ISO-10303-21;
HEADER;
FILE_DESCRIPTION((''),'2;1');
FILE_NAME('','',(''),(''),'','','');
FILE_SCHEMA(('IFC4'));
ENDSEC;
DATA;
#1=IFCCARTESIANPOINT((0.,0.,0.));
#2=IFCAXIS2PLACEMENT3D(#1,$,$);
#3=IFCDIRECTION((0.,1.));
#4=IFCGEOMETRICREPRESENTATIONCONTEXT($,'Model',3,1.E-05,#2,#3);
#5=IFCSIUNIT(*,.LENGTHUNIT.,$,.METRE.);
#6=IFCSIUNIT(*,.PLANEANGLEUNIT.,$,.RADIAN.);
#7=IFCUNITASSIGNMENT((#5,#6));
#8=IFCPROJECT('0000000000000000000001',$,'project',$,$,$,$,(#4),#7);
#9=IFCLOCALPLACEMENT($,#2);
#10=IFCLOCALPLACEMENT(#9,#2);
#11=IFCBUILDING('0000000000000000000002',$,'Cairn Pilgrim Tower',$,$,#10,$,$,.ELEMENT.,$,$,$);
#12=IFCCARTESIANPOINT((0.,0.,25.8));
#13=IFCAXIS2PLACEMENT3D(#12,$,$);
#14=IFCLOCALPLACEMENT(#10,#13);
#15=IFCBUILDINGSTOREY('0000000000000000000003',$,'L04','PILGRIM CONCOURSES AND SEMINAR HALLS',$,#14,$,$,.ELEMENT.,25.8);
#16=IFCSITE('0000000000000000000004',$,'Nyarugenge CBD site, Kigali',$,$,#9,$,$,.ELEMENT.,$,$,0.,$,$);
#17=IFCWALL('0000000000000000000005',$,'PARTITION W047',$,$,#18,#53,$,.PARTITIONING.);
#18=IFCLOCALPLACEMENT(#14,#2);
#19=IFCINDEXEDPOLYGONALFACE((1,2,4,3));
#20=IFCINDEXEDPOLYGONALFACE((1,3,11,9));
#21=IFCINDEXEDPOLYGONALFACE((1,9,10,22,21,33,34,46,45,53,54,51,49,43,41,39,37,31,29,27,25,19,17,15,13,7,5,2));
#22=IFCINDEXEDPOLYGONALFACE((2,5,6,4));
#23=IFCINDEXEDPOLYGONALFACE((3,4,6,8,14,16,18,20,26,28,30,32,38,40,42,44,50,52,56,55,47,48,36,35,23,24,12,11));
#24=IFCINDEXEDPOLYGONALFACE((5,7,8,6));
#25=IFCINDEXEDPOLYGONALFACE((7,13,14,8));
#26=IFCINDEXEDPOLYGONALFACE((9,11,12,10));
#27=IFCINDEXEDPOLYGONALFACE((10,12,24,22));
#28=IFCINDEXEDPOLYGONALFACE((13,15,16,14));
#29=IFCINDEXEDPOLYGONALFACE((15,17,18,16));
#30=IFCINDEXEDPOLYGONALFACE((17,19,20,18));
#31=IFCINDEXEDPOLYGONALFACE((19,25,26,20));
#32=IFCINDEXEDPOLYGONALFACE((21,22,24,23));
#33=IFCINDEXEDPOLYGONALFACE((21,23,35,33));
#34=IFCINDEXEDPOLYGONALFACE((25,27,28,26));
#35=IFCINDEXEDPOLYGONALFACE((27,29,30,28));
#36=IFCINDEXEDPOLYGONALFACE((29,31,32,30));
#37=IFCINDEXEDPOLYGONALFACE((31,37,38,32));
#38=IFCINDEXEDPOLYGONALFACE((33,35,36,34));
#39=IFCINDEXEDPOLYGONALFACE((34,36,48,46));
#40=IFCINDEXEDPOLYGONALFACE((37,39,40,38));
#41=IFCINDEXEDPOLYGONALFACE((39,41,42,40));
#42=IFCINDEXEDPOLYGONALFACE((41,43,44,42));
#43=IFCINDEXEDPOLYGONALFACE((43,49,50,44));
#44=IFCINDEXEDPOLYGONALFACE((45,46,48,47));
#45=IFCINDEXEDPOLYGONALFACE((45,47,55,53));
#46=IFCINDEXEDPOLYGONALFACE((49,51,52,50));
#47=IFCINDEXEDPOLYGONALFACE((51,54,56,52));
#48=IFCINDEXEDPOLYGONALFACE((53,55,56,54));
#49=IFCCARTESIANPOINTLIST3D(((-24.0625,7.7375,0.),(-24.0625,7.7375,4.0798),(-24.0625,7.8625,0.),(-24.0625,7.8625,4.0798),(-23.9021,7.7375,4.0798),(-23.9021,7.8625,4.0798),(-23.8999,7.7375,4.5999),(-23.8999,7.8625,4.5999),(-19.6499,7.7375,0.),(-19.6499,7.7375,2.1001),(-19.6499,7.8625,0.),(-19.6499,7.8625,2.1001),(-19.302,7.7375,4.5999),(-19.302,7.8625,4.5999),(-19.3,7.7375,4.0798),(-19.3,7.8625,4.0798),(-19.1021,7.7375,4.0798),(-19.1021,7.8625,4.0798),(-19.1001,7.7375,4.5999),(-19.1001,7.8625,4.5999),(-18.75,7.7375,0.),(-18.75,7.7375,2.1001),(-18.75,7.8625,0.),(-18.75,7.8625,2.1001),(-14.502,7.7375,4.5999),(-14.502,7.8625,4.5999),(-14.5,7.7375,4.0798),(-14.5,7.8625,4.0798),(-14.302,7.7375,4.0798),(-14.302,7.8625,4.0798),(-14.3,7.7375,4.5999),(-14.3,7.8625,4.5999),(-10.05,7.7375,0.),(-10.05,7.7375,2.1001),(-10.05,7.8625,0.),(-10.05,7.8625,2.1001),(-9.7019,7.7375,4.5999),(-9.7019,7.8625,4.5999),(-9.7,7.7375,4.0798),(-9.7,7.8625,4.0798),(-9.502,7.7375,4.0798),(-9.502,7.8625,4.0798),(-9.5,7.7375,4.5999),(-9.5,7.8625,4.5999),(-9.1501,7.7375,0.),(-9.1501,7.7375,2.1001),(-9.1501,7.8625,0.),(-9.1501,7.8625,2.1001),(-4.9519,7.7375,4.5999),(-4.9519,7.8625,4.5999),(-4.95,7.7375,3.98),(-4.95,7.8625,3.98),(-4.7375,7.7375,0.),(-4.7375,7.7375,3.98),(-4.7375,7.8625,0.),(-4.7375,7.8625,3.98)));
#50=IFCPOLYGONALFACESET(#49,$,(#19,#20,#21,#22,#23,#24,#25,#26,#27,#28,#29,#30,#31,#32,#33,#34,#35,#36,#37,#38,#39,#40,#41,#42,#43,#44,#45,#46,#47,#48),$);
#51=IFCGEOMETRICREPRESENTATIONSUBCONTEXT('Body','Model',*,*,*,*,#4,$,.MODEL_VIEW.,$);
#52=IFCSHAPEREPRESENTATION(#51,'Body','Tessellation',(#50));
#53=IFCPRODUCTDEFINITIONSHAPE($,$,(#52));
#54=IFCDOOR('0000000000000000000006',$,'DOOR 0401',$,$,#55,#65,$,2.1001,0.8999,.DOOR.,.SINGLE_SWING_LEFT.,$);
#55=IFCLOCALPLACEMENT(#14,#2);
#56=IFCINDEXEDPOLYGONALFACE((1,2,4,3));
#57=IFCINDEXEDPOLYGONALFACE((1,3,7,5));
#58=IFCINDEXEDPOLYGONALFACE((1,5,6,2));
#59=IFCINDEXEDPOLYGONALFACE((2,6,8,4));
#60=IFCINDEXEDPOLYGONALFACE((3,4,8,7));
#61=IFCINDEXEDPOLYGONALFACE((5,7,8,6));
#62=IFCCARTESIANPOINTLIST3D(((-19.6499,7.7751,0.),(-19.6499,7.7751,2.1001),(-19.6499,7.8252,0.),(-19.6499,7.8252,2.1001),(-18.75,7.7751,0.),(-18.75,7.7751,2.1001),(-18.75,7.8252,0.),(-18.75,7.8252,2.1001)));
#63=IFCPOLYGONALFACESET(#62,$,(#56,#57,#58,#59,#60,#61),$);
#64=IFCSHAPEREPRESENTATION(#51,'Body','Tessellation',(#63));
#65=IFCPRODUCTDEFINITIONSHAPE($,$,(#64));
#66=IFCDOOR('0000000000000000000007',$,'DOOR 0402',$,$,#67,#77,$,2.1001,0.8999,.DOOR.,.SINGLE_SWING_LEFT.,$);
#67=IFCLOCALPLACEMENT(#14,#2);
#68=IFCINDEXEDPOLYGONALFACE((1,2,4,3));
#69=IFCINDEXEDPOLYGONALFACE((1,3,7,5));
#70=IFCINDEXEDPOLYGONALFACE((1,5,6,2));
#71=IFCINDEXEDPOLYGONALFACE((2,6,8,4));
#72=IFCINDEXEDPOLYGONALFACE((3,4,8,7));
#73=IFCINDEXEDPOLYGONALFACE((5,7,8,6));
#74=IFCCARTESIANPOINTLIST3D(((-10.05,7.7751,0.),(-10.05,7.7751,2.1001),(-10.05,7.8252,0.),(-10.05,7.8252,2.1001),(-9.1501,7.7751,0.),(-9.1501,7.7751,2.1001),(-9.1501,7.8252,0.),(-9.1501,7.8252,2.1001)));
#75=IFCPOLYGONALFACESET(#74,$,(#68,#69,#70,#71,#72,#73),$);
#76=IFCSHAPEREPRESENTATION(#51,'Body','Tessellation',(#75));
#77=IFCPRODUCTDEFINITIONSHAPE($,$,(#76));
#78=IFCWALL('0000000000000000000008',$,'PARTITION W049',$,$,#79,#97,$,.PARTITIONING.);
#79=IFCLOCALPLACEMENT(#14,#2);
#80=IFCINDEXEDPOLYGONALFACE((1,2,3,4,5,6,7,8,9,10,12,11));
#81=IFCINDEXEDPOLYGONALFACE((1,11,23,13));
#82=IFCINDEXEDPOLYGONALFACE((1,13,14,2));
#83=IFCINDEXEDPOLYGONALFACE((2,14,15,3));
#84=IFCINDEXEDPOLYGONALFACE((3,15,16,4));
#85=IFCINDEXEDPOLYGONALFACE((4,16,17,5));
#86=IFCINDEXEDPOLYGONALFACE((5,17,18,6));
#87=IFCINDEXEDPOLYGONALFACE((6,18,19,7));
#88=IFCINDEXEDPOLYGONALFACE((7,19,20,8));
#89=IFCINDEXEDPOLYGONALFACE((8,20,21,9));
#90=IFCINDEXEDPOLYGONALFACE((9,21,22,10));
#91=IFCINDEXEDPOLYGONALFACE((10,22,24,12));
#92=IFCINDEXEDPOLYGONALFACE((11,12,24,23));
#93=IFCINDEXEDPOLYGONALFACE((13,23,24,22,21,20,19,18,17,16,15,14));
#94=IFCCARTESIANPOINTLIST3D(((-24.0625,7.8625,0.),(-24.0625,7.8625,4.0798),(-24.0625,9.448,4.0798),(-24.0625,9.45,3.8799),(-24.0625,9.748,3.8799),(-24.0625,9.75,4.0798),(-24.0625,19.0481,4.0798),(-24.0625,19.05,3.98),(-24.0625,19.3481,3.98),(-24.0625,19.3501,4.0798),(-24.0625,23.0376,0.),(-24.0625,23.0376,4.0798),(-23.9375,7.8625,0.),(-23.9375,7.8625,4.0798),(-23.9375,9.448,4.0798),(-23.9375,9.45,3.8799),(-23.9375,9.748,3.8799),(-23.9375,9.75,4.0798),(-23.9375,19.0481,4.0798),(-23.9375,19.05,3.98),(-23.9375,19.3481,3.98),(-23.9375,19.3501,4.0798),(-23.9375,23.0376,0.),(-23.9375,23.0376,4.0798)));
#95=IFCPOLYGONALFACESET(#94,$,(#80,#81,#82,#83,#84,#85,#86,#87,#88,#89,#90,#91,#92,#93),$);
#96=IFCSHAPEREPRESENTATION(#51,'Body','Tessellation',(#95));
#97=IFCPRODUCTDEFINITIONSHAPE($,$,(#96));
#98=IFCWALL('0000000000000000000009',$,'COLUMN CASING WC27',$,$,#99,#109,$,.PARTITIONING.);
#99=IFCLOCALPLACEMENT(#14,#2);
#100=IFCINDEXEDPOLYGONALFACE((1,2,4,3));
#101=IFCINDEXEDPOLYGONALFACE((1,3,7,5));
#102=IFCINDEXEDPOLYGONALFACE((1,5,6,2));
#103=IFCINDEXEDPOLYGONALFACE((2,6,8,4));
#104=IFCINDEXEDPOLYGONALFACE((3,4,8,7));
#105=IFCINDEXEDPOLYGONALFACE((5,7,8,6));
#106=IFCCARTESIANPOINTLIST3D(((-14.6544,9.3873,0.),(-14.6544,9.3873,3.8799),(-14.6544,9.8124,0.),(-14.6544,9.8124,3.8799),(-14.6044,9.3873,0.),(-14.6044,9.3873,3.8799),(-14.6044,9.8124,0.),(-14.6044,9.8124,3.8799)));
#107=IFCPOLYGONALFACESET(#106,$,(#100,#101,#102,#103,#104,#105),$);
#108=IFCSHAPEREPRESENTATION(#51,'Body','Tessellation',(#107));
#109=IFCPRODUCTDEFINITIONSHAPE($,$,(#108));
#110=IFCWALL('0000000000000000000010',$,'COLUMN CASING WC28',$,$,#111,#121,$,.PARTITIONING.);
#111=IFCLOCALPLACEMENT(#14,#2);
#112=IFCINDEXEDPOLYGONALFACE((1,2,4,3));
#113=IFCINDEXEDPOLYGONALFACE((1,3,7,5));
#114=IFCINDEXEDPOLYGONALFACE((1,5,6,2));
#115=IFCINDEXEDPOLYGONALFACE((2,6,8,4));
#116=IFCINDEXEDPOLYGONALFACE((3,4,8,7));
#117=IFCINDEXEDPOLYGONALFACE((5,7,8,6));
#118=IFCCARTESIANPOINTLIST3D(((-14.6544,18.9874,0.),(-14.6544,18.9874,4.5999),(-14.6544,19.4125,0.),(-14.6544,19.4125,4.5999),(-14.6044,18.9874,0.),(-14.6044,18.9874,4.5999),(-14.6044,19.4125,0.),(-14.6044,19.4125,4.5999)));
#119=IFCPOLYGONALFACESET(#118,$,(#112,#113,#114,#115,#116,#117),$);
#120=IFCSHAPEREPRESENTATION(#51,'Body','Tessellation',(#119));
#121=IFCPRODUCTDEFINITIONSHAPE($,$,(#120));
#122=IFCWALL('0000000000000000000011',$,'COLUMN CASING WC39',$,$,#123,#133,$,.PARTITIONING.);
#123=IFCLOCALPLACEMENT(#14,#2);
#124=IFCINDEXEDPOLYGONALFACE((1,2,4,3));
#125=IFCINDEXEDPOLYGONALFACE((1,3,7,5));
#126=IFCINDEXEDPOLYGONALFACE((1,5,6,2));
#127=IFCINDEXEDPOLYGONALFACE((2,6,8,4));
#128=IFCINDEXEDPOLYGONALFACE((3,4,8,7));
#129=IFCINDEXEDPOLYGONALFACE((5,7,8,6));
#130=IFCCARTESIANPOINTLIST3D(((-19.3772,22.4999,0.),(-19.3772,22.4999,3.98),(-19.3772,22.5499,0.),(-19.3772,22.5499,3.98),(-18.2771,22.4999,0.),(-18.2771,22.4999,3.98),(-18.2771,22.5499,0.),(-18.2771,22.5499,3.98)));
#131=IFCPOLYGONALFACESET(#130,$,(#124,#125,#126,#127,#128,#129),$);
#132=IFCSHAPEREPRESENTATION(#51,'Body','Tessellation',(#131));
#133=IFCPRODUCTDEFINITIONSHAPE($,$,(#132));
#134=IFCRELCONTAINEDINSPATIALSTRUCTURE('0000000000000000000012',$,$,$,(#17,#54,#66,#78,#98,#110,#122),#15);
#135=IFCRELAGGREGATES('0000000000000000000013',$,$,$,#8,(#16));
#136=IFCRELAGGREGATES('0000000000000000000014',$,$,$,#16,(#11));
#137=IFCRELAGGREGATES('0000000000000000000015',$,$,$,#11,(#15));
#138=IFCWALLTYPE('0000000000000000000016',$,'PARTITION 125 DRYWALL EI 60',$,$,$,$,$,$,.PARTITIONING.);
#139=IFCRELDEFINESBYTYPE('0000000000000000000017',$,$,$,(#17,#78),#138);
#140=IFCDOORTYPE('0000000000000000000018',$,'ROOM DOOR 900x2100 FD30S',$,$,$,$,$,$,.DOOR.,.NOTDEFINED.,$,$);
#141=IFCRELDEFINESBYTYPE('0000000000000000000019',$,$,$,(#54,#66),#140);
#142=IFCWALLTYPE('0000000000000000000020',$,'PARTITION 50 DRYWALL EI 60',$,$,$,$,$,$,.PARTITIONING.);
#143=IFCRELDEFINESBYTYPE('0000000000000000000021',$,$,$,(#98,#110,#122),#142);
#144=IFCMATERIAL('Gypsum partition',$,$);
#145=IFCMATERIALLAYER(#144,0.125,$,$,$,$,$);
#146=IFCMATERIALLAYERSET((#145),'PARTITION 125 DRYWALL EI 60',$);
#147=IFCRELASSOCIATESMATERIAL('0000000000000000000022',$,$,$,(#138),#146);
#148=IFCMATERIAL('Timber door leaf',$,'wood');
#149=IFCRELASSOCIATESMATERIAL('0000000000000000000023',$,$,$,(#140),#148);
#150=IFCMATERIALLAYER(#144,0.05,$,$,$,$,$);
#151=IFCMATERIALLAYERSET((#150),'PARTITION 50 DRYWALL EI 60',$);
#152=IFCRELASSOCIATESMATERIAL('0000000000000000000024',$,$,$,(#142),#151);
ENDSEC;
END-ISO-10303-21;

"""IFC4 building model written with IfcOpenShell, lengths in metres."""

from ifc_helpers import new_model, si_unit, direction, frame, frame_2d, origin, place, context, subcontext, project, spatial, polyline, rectangle, outline, extrude, material, layer, layer_set, type_object, element, fill, save


model = new_model("IFC4")

# Units and contexts
model_context = context("Model", 3, precision=1e-05, world=origin(), true_north=direction((0.0, 1.0)))
body_context = subcontext(model_context, "Body", "Model", "MODEL_VIEW")
ifc_project = project(units=[si_unit("LENGTHUNIT", "METRE"), si_unit("PLANEANGLEUNIT", "RADIAN")], contexts=[model_context])

# Site, building, storey
site_placement = place(None, origin())
site = spatial("IfcSite", under=ifc_project, at=site_placement, Name="Nyarugenge CBD site, Kigali", CompositionType="ELEMENT", RefElevation=0.0)
building_placement = place(site_placement, origin())
building = spatial("IfcBuilding", under=site, at=building_placement, Name="Cairn Pilgrim Tower", CompositionType="ELEMENT")
storey_placement = place(building_placement, frame((0.0, 0.0, 25.8)))
storey = spatial("IfcBuildingStorey", under=building, at=storey_placement, Name="L04", Description="PILGRIM CONCOURSES AND SEMINAR HALLS", CompositionType="ELEMENT", Elevation=25.8)

# Wall, openings, doors
ifc_material_1 = material(Name="Gypsum partition")
ifc_layer_1 = layer(ifc_material_1, 0.125)
ifc_layer_set_1 = layer_set([ifc_layer_1], Name="PARTITION 125 DRYWALL EI 60")
wall_type_1 = type_object("IfcWallType", Name="PARTITION 125 DRYWALL EI 60", PredefinedType="PARTITIONING", material=ifc_layer_set_1)
ifc_material_2 = material(Name="Timber door leaf", Category="wood")
door_type_1 = type_object("IfcDoorType", Name="ROOM DOOR 900x2100 FD30S", OperationType="NOTDEFINED", PredefinedType="DOOR", material=ifc_material_2)
wall_1_placement = place(storey_placement, frame((-24.0625, 7.8, 0.0), z_axis=(0.0, 0.0, 1.0), x_axis=(1.0, 0.0, 0.0)))
wall_1 = element("IfcWall", 1, at=wall_1_placement, inside=storey, type_object=wall_type_1, Name="PARTITION W047", PredefinedType="PARTITIONING", context=body_context, shape_type="SweptSolid", body=[
    extrude(outline(polyline([(0.0, 0.0), (19.325, 0.0), (19.325, 3.98), (19.1125, 3.98), (19.1106, 4.5999), (14.5625, 4.5999), (14.5605, 4.0798), (14.3625, 4.0798), (14.3606, 4.5999), (9.7625, 4.5999), (9.7605, 4.0798), (9.5625, 4.0798), (9.5605, 4.5999), (4.9624, 4.5999), (4.9604, 4.0798), (4.7625, 4.0798), (4.7605, 4.5999), (0.1626, 4.5999), (0.1604, 4.0798), (0.0, 4.0798), (0.0, 0.0)])), frame((0.0, 0.0625, 0.0), z_axis=(0.0, -1.0, 0.0), x_axis=(1.0, 0.0, 0.0)), (0.0, 0.0, 1.0), 0.125),
])
opening_1_placement = place(wall_1_placement, frame((4.4126, 0.0, 0.0)))
opening_1 = element("IfcOpeningElement", 2, at=opening_1_placement, cuts=wall_1, PredefinedType="OPENING", context=body_context, shape_type="SweptSolid", body=[
    extrude(rectangle(XDim=0.8999, YDim=2.1001, at=frame_2d((0.45, 1.05))), frame((0.0, 0.0725, 0.0), z_axis=(0.0, -1.0, 0.0), x_axis=(1.0, 0.0, 0.0)), (0.0, 0.0, 1.0), 0.145),
])
opening_2_placement = place(wall_1_placement, frame((14.0125, 0.0, 0.0)))
opening_2 = element("IfcOpeningElement", 3, at=opening_2_placement, cuts=wall_1, PredefinedType="OPENING", context=body_context, shape_type="SweptSolid", body=[
    extrude(rectangle(XDim=0.8999, YDim=2.1001, at=frame_2d((0.45, 1.05))), frame((0.0, 0.0725, 0.0), z_axis=(0.0, -1.0, 0.0), x_axis=(1.0, 0.0, 0.0)), (0.0, 0.0, 1.0), 0.145),
])
door_1_placement = place(opening_1_placement, frame((0.8999, 0.0, 0.0), z_axis=(0.0, 0.0, 1.0), x_axis=(-1.0, 0.0, 0.0)))
door_1 = element("IfcDoor", 4, at=door_1_placement, inside=storey, type_object=door_type_1, Name="DOOR 0401", OperationType="SINGLE_SWING_LEFT", OverallHeight=2.1001, OverallWidth=0.8999, PredefinedType="DOOR", context=body_context, shape_type="SweptSolid", body=[
    extrude(rectangle(XDim=0.8999, YDim=2.1001, at=frame_2d((0.45, 1.05))), frame((0.0, 0.0249, 0.0), z_axis=(0.0, -1.0, 0.0), x_axis=(1.0, 0.0, 0.0)), (0.0, 0.0, 1.0), 0.05),
])
fill(opening_1, door_1)
door_2_placement = place(opening_2_placement, frame((0.8999, 0.0, 0.0), z_axis=(0.0, 0.0, 1.0), x_axis=(-1.0, 0.0, 0.0)))
door_2 = element("IfcDoor", 5, at=door_2_placement, inside=storey, type_object=door_type_1, Name="DOOR 0402", OperationType="SINGLE_SWING_LEFT", OverallHeight=2.1001, OverallWidth=0.8999, PredefinedType="DOOR", context=body_context, shape_type="SweptSolid", body=[
    extrude(rectangle(XDim=0.8999, YDim=2.1001, at=frame_2d((0.45, 1.05))), frame((0.0, 0.0249, 0.0), z_axis=(0.0, -1.0, 0.0), x_axis=(1.0, 0.0, 0.0)), (0.0, 0.0, 1.0), 0.05),
])
fill(opening_2, door_2)

# Walls
wall_2_placement = place(storey_placement, frame((-24.0, 7.8625, 0.0), z_axis=(0.0, 0.0, 1.0), x_axis=(0.0, 1.0, 0.0)))
element("IfcWall", 6, at=wall_2_placement, inside=storey, type_object=wall_type_1, Name="PARTITION W049", PredefinedType="PARTITIONING", context=body_context, shape_type="SweptSolid", body=[
    extrude(outline(polyline([(0.0, 0.0), (15.175, 0.0), (15.175, 4.0798), (11.4875, 4.0798), (11.4856, 3.98), (11.1875, 3.98), (11.1855, 4.0798), (1.8875, 4.0798), (1.8855, 3.8799), (1.5874, 3.8799), (1.5854, 4.0798), (0.0, 4.0798), (0.0, 0.0)])), frame((0.0, 0.0625, 0.0), z_axis=(0.0, -1.0, 0.0), x_axis=(1.0, 0.0, 0.0)), (0.0, 0.0, 1.0), 0.125),
])
ifc_layer_2 = layer(ifc_material_1, 0.05)
ifc_layer_set_2 = layer_set([ifc_layer_2], Name="PARTITION 50 DRYWALL EI 60")
wall_type_2 = type_object("IfcWallType", Name="PARTITION 50 DRYWALL EI 60", PredefinedType="PARTITIONING", material=ifc_layer_set_2)
wall_3_placement = place(storey_placement, frame((-14.6294, 9.3875, 0.0), z_axis=(0.0, 0.0, 1.0), x_axis=(0.0, 1.0, 0.0)))
element("IfcWall", 7, at=wall_3_placement, inside=storey, type_object=wall_type_2, Name="COLUMN CASING WC27", PredefinedType="PARTITIONING", context=body_context, shape_type="SweptSolid", body=[
    extrude(rectangle(XDim=0.425, YDim=0.05, at=frame_2d((0.2124, 0.0))), origin(), (0.0, 0.0, 1.0), 3.8799),
])
wall_4_placement = place(storey_placement, frame((-14.6294, 18.9875, 0.0), z_axis=(0.0, 0.0, 1.0), x_axis=(0.0, 1.0, 0.0)))
element("IfcWall", 8, at=wall_4_placement, inside=storey, type_object=wall_type_2, Name="COLUMN CASING WC28", PredefinedType="PARTITIONING", context=body_context, shape_type="SweptSolid", body=[
    extrude(rectangle(XDim=0.425, YDim=0.05, at=frame_2d((0.2124, 0.0))), origin(), (0.0, 0.0, 1.0), 4.5999),
])
wall_5_placement = place(storey_placement, frame((-19.3772, 22.5249, 0.0), z_axis=(0.0, 0.0, 1.0), x_axis=(1.0, 0.0, 0.0)))
element("IfcWall", 9, at=wall_5_placement, inside=storey, type_object=wall_type_2, Name="COLUMN CASING WC39", PredefinedType="PARTITIONING", context=body_context, shape_type="SweptSolid", body=[
    extrude(rectangle(XDim=1.1001, YDim=0.05, at=frame_2d((0.55, 0.0))), origin(), (0.0, 0.0, 1.0), 3.98),
])

save(model, "model.ifc")
